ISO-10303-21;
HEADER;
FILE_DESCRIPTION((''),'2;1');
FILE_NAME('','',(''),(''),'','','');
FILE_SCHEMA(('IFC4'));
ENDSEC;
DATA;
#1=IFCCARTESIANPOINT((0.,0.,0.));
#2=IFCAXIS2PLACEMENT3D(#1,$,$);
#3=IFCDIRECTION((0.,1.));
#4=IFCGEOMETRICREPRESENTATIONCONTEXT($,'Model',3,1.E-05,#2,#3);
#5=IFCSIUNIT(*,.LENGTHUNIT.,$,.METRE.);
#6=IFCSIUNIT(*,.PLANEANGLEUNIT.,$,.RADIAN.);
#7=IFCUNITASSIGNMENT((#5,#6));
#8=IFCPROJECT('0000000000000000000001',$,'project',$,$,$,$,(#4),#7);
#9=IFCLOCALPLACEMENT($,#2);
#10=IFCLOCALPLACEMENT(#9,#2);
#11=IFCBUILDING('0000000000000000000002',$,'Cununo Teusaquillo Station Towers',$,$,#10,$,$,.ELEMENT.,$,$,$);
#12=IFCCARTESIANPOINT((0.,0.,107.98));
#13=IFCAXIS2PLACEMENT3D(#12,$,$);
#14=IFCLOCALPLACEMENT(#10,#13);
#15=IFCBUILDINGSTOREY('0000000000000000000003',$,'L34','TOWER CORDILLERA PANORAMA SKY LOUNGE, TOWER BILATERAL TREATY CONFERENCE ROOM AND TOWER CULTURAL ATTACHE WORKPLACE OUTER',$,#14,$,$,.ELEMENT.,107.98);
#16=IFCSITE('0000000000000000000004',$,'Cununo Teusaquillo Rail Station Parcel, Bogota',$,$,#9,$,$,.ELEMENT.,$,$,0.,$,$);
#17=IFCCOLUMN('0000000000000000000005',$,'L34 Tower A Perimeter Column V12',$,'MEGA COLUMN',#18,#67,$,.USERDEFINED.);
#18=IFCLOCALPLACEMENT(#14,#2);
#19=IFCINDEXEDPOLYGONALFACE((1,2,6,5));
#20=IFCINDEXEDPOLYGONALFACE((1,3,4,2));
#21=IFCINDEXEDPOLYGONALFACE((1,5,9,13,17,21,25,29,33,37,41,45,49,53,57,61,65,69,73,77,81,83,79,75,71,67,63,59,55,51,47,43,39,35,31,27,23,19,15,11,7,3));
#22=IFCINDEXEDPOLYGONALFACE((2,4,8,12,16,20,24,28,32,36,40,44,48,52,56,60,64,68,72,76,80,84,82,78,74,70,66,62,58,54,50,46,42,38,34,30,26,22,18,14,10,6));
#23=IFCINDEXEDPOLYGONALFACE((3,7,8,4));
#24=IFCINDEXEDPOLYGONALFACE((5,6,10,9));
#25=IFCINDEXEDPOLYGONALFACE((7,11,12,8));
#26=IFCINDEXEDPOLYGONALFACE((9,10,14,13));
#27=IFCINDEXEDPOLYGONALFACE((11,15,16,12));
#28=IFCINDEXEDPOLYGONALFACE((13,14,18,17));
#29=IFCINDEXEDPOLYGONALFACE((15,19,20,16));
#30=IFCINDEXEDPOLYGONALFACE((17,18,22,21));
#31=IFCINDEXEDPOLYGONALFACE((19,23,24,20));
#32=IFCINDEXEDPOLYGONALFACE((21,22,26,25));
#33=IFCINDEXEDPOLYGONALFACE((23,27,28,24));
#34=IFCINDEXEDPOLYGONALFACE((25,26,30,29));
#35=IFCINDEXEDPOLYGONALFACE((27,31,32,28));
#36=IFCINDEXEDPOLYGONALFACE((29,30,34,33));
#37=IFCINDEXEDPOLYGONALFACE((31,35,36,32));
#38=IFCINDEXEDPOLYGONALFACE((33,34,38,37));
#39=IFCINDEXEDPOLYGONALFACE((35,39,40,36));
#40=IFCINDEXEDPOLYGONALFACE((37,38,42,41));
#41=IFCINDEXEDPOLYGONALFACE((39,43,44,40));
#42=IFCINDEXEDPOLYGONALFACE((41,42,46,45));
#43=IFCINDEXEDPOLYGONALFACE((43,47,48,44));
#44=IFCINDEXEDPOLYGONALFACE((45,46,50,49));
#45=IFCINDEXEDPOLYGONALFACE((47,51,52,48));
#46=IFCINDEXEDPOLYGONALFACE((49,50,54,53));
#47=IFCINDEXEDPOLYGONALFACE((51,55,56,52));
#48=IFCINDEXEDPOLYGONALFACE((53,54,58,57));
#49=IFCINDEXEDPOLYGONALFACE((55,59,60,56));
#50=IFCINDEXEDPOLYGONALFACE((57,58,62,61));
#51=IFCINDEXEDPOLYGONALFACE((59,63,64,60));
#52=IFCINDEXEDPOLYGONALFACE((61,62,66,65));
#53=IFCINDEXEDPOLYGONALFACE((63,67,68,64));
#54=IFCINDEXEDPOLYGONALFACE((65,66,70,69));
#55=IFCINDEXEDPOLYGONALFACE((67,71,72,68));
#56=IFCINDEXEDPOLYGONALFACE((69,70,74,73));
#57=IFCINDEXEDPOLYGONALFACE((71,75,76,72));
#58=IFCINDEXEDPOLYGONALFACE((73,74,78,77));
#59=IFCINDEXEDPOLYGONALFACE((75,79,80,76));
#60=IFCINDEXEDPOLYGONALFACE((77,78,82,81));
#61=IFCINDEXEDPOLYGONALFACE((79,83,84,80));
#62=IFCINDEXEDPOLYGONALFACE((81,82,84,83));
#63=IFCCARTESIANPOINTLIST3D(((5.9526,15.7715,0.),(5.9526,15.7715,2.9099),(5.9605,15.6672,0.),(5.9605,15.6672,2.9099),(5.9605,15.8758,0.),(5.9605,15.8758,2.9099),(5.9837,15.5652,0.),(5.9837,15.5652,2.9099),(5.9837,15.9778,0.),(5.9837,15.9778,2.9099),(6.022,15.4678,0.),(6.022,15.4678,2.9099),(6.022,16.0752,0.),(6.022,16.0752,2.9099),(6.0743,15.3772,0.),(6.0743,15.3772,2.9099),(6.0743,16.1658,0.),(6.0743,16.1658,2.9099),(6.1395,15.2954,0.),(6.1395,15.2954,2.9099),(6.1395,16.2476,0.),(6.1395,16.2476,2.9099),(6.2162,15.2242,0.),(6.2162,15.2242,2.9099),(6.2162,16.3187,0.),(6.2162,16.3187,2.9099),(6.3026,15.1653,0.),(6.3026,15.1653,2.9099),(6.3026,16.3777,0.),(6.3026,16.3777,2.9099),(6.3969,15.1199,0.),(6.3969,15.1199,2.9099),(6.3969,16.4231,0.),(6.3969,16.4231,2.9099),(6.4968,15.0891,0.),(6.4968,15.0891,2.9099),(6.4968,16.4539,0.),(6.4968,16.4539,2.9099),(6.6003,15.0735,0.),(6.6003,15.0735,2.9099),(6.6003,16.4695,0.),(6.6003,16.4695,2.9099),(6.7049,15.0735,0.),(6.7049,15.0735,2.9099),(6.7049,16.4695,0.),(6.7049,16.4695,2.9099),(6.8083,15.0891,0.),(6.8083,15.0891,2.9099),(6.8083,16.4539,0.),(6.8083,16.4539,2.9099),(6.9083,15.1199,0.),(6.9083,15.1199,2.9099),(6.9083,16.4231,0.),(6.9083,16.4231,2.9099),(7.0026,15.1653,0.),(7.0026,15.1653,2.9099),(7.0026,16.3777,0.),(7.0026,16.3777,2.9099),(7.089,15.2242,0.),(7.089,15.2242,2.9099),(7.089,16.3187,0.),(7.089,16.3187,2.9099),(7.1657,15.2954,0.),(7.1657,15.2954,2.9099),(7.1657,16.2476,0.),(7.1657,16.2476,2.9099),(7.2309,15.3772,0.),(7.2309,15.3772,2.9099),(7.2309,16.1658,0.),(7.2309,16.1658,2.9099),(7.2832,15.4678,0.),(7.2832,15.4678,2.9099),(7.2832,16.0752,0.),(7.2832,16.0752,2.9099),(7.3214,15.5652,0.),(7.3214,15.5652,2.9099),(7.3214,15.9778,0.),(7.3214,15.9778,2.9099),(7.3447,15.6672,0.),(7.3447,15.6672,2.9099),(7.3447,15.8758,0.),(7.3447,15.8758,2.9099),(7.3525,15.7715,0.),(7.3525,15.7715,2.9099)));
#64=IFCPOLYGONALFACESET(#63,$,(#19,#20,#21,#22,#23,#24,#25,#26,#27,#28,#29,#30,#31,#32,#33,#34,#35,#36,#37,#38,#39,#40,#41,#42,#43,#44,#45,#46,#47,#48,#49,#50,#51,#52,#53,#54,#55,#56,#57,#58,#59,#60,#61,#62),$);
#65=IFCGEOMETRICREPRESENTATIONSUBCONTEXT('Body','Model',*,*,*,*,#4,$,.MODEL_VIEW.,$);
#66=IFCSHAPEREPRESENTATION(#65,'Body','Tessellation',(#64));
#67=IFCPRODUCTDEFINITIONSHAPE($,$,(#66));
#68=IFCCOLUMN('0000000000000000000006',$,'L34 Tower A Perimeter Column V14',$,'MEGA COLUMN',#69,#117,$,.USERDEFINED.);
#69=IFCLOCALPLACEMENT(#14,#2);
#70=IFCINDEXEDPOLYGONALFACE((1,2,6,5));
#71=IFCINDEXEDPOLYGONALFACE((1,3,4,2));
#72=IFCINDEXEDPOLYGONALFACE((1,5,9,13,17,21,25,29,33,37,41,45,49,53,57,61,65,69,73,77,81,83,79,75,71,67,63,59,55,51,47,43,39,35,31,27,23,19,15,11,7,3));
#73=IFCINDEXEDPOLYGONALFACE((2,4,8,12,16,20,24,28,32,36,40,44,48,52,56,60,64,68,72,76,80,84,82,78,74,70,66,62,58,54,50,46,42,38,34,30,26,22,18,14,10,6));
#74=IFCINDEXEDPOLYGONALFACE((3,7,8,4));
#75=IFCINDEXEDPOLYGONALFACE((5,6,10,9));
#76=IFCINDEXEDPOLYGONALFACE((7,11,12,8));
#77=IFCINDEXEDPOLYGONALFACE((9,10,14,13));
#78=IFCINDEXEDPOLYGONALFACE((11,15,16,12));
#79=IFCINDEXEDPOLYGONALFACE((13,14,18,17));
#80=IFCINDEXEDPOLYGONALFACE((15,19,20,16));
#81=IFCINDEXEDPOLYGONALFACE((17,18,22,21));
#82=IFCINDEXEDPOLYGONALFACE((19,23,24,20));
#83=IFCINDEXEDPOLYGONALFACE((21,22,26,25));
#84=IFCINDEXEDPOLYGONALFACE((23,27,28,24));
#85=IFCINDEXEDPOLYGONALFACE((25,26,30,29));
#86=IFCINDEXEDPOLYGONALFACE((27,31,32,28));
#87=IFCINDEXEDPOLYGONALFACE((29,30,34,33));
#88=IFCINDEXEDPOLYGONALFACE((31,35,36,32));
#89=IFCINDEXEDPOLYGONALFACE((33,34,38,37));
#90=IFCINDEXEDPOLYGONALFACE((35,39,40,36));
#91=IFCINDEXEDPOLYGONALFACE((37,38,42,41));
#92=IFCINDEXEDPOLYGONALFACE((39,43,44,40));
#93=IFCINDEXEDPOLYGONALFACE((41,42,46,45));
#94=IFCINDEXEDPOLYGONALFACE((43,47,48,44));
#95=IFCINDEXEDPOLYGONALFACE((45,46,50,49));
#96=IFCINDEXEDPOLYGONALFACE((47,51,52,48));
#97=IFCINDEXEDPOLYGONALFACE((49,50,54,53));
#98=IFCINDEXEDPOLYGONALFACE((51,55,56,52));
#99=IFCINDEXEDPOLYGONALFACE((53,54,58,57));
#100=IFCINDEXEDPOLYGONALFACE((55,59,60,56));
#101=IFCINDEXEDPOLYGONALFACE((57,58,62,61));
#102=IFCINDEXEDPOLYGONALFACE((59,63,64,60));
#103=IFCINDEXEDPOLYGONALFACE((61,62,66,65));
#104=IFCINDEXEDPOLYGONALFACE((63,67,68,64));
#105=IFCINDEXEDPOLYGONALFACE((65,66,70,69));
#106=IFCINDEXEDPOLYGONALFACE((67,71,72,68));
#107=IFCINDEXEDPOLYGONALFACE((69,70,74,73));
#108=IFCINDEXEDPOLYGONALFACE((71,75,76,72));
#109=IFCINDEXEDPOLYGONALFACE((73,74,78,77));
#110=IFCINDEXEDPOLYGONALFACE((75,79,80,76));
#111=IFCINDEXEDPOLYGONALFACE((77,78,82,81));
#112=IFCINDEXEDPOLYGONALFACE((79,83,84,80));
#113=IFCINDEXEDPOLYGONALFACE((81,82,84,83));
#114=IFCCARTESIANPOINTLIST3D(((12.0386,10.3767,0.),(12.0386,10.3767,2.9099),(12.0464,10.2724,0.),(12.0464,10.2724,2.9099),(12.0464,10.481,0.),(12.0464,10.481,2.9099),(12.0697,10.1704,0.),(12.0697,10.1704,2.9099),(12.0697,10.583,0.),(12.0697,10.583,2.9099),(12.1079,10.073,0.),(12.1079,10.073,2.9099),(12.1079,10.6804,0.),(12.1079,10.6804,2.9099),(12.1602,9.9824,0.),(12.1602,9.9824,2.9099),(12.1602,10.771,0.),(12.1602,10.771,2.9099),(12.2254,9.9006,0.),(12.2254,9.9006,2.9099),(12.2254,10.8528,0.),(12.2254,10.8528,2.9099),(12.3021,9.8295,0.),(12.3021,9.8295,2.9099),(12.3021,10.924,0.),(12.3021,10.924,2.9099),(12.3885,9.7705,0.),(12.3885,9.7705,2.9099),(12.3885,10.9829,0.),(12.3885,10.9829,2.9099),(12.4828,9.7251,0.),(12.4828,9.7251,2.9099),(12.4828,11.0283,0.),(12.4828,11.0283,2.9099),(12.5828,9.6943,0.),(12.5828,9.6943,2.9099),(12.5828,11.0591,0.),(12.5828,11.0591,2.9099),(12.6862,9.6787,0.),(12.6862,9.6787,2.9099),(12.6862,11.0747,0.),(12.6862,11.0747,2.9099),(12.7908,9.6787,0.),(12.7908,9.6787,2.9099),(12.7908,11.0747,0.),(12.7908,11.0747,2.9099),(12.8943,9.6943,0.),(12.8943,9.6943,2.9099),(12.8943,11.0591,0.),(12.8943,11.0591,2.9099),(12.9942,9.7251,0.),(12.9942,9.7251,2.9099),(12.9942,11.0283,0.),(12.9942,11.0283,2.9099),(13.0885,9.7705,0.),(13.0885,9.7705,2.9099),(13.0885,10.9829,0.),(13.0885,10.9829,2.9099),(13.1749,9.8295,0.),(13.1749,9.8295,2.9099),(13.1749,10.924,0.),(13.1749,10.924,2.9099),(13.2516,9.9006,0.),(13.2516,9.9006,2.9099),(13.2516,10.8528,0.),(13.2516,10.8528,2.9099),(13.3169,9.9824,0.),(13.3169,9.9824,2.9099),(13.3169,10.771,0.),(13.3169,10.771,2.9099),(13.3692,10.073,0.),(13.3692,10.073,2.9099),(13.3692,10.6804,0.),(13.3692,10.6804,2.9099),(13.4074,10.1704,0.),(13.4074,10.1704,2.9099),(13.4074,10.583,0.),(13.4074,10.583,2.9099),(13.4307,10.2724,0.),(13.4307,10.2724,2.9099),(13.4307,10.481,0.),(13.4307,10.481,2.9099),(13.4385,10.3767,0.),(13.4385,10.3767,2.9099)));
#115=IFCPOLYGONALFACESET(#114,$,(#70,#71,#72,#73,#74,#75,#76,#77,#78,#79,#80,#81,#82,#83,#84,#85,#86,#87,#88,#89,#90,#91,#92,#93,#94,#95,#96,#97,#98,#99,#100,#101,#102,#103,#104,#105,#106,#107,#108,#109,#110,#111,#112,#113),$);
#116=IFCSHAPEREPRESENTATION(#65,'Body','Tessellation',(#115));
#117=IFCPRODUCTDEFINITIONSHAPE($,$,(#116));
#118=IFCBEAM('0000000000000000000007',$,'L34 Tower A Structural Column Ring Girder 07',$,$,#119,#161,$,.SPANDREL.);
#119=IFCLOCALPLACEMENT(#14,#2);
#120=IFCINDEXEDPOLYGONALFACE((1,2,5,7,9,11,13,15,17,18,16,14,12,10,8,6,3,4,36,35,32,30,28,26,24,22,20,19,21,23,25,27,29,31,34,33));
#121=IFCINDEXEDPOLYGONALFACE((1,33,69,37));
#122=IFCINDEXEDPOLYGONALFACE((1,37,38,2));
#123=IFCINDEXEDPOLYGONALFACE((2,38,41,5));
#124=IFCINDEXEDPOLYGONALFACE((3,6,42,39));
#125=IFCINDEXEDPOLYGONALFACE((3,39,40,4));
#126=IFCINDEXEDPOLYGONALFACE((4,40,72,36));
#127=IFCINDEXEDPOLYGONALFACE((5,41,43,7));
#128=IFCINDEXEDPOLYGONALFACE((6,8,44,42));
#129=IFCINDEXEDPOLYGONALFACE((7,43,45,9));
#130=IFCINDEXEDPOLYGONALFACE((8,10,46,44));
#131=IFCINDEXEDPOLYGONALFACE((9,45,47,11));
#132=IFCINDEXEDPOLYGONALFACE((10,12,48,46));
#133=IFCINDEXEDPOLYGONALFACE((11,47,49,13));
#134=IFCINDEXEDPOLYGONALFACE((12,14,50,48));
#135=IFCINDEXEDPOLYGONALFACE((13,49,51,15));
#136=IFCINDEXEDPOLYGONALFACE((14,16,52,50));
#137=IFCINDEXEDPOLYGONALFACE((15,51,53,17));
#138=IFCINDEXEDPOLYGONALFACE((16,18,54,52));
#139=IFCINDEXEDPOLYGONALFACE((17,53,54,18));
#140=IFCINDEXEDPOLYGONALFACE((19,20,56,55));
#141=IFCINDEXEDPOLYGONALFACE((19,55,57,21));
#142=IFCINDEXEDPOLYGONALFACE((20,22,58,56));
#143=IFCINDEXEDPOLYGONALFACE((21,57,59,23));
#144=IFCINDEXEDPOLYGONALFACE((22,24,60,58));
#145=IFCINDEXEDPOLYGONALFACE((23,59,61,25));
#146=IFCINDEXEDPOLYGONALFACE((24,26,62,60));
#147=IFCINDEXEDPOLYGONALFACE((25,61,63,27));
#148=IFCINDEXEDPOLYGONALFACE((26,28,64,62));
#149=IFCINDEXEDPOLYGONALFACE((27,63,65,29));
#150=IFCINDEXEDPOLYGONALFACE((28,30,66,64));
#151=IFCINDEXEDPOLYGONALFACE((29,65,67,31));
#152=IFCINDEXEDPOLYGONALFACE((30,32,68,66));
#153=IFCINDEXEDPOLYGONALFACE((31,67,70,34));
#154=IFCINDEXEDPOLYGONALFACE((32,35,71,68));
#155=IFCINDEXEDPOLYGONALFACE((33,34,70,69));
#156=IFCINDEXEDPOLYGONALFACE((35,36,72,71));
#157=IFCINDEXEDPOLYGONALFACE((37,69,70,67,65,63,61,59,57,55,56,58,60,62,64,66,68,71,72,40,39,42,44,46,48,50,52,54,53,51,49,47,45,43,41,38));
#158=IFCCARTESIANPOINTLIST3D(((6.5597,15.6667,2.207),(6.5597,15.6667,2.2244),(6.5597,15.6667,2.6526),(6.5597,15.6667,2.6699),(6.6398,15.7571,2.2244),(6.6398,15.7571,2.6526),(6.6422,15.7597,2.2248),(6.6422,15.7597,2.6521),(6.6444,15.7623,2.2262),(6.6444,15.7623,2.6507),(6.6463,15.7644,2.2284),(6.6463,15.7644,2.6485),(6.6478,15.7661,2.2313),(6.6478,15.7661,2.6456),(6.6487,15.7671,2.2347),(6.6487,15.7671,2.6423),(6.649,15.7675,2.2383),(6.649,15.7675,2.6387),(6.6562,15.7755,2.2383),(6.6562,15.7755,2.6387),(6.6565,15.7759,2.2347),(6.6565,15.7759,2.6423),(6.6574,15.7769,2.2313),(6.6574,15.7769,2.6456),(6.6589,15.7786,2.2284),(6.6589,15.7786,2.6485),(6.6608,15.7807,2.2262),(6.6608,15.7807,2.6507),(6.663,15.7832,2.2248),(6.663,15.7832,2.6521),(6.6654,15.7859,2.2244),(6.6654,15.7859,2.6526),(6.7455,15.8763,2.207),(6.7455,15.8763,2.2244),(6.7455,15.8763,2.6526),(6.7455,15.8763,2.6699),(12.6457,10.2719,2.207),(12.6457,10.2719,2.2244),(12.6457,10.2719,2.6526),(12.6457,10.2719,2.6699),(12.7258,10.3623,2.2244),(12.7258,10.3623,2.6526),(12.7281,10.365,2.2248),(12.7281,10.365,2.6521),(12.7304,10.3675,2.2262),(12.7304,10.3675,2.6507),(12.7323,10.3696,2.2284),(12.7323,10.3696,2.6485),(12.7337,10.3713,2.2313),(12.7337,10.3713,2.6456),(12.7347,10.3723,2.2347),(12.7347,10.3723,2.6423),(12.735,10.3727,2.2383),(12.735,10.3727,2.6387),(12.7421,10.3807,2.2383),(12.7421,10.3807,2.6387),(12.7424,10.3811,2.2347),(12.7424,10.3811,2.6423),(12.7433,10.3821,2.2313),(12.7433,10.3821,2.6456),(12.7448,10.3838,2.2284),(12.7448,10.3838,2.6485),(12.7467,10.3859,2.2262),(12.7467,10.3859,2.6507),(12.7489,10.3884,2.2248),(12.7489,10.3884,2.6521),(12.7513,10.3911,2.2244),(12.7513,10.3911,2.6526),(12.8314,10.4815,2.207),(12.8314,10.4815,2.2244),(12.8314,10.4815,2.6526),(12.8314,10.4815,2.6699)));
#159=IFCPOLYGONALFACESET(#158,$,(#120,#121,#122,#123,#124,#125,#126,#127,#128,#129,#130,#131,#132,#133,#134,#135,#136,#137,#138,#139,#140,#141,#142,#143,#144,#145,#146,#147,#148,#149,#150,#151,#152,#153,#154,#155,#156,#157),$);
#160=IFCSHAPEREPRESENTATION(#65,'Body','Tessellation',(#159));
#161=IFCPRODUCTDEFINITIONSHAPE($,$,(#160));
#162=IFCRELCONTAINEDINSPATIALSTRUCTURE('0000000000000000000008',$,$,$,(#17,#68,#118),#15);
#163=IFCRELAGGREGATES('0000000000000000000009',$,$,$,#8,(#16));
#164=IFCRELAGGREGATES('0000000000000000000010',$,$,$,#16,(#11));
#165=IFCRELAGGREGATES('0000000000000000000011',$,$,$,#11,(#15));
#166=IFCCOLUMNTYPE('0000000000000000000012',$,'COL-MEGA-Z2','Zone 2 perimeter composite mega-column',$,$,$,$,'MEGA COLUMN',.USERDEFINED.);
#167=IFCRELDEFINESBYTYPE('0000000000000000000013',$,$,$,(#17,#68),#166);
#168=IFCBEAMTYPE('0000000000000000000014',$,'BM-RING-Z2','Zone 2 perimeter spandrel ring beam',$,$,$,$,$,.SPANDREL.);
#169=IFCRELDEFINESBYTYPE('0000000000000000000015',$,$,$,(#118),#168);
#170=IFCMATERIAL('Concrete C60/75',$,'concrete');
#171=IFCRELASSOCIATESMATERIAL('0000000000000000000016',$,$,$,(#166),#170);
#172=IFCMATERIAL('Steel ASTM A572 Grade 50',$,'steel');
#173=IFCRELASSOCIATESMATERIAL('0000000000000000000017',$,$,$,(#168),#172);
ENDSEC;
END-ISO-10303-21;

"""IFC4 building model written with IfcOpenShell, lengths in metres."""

from ifc_helpers import new_model, si_unit, direction, frame, origin, origin_2d, place, context, subcontext, project, spatial, circle, i_section, extrude, material, material_profile, profile_set, type_object, element, save


model = new_model("IFC4")

# Units and contexts
model_context = context("Model", 3, precision=1e-05, world=origin(), true_north=direction((0.0, 1.0)))
body_context = subcontext(model_context, "Body", "Model", "MODEL_VIEW")
ifc_project = project(units=[si_unit("LENGTHUNIT", "METRE"), si_unit("PLANEANGLEUNIT", "RADIAN")], contexts=[model_context])

# Site, building, storey
site_placement = place(None, origin())
site = spatial("IfcSite", under=ifc_project, at=site_placement, Name="Cununo Teusaquillo Rail Station Parcel, Bogota", CompositionType="ELEMENT", RefElevation=0.0)
building_placement = place(site_placement, origin())
building = spatial("IfcBuilding", under=site, at=building_placement, Name="Cununo Teusaquillo Station Towers", CompositionType="ELEMENT")
storey_placement = place(building_placement, frame((0.0, 0.0, 107.98)))
storey = spatial("IfcBuildingStorey", under=building, at=storey_placement, Name="L34", Description="TOWER CORDILLERA PANORAMA SKY LOUNGE, TOWER BILATERAL TREATY CONFERENCE ROOM AND TOWER CULTURAL ATTACHE WORKPLACE OUTER", CompositionType="ELEMENT", Elevation=107.98)

# Columns
ifc_material_1 = material(Name="Concrete C60/75", Category="concrete")
ifc_material_profile_1 = material_profile(ifc_material_1, circle(Radius=0.7, at=origin_2d()), Name="RC-CIRC-1400")
ifc_profile_set_1 = profile_set([ifc_material_profile_1], Name="Concrete C60/75")
column_type = type_object("IfcColumnType", Name="COL-MEGA-Z2", Description="Zone 2 perimeter composite mega-column", ElementType="MEGA COLUMN", PredefinedType="USERDEFINED", material=ifc_profile_set_1)
for number, where, z_axis, x_axis, name in (
    (1, (6.6526, 15.7715, 0.0), (0.0, 0.0, 1.0), (1.0, 0.0, 0.0), "L34 Tower A Perimeter Column V12"),
    (2, (12.7385, 10.3767, 0.0), (0.0, 0.0, 1.0), (1.0, 0.0, 0.0), "L34 Tower A Perimeter Column V14"),
):
    element("IfcColumn", number, at=place(storey_placement, frame(where, z_axis=z_axis, x_axis=x_axis)), inside=storey, type_object=column_type, Name=name, ObjectType="MEGA COLUMN", PredefinedType="USERDEFINED", context=body_context, shape_type="SweptSolid", body=[
        extrude(circle(Radius=0.7, at=origin_2d()), origin(), (0.0, 0.0, 1.0), 2.9099),
    ])

# Beam
ifc_material_2 = material(Name="Steel ASTM A572 Grade 50", Category="steel")
ifc_material_profile_2 = material_profile(ifc_material_2, i_section(OverallWidth=0.28, OverallDepth=0.4629, WebThickness=0.0107, FlangeThickness=0.0173, FilletRadius=0.0139, at=origin_2d()), Name="W18X76")
ifc_profile_set_2 = profile_set([ifc_material_profile_2], Name="Steel ASTM A572 Grade 50")
beam_type = type_object("IfcBeamType", Name="BM-RING-Z2", Description="Zone 2 perimeter spandrel ring beam", PredefinedType="SPANDREL", material=ifc_profile_set_2)
beam_1_placement = place(storey_placement, frame((6.6526, 15.7715, 2.4385), z_axis=(0.748321, -0.663337, 0.0), x_axis=(0.663337, 0.748321, 0.0)))
element("IfcBeam", 3, at=beam_1_placement, inside=storey, type_object=beam_type, Name="L34 Tower A Structural Column Ring Girder 07", PredefinedType="SPANDREL", context=body_context, shape_type="SweptSolid", body=[
    extrude(i_section(OverallWidth=0.28, OverallDepth=0.4629, WebThickness=0.0107, FlangeThickness=0.0173, FilletRadius=0.0139, at=origin_2d()), origin(), (0.0, 0.0, 1.0), 8.1328),
])

save(model, "model.ifc")
